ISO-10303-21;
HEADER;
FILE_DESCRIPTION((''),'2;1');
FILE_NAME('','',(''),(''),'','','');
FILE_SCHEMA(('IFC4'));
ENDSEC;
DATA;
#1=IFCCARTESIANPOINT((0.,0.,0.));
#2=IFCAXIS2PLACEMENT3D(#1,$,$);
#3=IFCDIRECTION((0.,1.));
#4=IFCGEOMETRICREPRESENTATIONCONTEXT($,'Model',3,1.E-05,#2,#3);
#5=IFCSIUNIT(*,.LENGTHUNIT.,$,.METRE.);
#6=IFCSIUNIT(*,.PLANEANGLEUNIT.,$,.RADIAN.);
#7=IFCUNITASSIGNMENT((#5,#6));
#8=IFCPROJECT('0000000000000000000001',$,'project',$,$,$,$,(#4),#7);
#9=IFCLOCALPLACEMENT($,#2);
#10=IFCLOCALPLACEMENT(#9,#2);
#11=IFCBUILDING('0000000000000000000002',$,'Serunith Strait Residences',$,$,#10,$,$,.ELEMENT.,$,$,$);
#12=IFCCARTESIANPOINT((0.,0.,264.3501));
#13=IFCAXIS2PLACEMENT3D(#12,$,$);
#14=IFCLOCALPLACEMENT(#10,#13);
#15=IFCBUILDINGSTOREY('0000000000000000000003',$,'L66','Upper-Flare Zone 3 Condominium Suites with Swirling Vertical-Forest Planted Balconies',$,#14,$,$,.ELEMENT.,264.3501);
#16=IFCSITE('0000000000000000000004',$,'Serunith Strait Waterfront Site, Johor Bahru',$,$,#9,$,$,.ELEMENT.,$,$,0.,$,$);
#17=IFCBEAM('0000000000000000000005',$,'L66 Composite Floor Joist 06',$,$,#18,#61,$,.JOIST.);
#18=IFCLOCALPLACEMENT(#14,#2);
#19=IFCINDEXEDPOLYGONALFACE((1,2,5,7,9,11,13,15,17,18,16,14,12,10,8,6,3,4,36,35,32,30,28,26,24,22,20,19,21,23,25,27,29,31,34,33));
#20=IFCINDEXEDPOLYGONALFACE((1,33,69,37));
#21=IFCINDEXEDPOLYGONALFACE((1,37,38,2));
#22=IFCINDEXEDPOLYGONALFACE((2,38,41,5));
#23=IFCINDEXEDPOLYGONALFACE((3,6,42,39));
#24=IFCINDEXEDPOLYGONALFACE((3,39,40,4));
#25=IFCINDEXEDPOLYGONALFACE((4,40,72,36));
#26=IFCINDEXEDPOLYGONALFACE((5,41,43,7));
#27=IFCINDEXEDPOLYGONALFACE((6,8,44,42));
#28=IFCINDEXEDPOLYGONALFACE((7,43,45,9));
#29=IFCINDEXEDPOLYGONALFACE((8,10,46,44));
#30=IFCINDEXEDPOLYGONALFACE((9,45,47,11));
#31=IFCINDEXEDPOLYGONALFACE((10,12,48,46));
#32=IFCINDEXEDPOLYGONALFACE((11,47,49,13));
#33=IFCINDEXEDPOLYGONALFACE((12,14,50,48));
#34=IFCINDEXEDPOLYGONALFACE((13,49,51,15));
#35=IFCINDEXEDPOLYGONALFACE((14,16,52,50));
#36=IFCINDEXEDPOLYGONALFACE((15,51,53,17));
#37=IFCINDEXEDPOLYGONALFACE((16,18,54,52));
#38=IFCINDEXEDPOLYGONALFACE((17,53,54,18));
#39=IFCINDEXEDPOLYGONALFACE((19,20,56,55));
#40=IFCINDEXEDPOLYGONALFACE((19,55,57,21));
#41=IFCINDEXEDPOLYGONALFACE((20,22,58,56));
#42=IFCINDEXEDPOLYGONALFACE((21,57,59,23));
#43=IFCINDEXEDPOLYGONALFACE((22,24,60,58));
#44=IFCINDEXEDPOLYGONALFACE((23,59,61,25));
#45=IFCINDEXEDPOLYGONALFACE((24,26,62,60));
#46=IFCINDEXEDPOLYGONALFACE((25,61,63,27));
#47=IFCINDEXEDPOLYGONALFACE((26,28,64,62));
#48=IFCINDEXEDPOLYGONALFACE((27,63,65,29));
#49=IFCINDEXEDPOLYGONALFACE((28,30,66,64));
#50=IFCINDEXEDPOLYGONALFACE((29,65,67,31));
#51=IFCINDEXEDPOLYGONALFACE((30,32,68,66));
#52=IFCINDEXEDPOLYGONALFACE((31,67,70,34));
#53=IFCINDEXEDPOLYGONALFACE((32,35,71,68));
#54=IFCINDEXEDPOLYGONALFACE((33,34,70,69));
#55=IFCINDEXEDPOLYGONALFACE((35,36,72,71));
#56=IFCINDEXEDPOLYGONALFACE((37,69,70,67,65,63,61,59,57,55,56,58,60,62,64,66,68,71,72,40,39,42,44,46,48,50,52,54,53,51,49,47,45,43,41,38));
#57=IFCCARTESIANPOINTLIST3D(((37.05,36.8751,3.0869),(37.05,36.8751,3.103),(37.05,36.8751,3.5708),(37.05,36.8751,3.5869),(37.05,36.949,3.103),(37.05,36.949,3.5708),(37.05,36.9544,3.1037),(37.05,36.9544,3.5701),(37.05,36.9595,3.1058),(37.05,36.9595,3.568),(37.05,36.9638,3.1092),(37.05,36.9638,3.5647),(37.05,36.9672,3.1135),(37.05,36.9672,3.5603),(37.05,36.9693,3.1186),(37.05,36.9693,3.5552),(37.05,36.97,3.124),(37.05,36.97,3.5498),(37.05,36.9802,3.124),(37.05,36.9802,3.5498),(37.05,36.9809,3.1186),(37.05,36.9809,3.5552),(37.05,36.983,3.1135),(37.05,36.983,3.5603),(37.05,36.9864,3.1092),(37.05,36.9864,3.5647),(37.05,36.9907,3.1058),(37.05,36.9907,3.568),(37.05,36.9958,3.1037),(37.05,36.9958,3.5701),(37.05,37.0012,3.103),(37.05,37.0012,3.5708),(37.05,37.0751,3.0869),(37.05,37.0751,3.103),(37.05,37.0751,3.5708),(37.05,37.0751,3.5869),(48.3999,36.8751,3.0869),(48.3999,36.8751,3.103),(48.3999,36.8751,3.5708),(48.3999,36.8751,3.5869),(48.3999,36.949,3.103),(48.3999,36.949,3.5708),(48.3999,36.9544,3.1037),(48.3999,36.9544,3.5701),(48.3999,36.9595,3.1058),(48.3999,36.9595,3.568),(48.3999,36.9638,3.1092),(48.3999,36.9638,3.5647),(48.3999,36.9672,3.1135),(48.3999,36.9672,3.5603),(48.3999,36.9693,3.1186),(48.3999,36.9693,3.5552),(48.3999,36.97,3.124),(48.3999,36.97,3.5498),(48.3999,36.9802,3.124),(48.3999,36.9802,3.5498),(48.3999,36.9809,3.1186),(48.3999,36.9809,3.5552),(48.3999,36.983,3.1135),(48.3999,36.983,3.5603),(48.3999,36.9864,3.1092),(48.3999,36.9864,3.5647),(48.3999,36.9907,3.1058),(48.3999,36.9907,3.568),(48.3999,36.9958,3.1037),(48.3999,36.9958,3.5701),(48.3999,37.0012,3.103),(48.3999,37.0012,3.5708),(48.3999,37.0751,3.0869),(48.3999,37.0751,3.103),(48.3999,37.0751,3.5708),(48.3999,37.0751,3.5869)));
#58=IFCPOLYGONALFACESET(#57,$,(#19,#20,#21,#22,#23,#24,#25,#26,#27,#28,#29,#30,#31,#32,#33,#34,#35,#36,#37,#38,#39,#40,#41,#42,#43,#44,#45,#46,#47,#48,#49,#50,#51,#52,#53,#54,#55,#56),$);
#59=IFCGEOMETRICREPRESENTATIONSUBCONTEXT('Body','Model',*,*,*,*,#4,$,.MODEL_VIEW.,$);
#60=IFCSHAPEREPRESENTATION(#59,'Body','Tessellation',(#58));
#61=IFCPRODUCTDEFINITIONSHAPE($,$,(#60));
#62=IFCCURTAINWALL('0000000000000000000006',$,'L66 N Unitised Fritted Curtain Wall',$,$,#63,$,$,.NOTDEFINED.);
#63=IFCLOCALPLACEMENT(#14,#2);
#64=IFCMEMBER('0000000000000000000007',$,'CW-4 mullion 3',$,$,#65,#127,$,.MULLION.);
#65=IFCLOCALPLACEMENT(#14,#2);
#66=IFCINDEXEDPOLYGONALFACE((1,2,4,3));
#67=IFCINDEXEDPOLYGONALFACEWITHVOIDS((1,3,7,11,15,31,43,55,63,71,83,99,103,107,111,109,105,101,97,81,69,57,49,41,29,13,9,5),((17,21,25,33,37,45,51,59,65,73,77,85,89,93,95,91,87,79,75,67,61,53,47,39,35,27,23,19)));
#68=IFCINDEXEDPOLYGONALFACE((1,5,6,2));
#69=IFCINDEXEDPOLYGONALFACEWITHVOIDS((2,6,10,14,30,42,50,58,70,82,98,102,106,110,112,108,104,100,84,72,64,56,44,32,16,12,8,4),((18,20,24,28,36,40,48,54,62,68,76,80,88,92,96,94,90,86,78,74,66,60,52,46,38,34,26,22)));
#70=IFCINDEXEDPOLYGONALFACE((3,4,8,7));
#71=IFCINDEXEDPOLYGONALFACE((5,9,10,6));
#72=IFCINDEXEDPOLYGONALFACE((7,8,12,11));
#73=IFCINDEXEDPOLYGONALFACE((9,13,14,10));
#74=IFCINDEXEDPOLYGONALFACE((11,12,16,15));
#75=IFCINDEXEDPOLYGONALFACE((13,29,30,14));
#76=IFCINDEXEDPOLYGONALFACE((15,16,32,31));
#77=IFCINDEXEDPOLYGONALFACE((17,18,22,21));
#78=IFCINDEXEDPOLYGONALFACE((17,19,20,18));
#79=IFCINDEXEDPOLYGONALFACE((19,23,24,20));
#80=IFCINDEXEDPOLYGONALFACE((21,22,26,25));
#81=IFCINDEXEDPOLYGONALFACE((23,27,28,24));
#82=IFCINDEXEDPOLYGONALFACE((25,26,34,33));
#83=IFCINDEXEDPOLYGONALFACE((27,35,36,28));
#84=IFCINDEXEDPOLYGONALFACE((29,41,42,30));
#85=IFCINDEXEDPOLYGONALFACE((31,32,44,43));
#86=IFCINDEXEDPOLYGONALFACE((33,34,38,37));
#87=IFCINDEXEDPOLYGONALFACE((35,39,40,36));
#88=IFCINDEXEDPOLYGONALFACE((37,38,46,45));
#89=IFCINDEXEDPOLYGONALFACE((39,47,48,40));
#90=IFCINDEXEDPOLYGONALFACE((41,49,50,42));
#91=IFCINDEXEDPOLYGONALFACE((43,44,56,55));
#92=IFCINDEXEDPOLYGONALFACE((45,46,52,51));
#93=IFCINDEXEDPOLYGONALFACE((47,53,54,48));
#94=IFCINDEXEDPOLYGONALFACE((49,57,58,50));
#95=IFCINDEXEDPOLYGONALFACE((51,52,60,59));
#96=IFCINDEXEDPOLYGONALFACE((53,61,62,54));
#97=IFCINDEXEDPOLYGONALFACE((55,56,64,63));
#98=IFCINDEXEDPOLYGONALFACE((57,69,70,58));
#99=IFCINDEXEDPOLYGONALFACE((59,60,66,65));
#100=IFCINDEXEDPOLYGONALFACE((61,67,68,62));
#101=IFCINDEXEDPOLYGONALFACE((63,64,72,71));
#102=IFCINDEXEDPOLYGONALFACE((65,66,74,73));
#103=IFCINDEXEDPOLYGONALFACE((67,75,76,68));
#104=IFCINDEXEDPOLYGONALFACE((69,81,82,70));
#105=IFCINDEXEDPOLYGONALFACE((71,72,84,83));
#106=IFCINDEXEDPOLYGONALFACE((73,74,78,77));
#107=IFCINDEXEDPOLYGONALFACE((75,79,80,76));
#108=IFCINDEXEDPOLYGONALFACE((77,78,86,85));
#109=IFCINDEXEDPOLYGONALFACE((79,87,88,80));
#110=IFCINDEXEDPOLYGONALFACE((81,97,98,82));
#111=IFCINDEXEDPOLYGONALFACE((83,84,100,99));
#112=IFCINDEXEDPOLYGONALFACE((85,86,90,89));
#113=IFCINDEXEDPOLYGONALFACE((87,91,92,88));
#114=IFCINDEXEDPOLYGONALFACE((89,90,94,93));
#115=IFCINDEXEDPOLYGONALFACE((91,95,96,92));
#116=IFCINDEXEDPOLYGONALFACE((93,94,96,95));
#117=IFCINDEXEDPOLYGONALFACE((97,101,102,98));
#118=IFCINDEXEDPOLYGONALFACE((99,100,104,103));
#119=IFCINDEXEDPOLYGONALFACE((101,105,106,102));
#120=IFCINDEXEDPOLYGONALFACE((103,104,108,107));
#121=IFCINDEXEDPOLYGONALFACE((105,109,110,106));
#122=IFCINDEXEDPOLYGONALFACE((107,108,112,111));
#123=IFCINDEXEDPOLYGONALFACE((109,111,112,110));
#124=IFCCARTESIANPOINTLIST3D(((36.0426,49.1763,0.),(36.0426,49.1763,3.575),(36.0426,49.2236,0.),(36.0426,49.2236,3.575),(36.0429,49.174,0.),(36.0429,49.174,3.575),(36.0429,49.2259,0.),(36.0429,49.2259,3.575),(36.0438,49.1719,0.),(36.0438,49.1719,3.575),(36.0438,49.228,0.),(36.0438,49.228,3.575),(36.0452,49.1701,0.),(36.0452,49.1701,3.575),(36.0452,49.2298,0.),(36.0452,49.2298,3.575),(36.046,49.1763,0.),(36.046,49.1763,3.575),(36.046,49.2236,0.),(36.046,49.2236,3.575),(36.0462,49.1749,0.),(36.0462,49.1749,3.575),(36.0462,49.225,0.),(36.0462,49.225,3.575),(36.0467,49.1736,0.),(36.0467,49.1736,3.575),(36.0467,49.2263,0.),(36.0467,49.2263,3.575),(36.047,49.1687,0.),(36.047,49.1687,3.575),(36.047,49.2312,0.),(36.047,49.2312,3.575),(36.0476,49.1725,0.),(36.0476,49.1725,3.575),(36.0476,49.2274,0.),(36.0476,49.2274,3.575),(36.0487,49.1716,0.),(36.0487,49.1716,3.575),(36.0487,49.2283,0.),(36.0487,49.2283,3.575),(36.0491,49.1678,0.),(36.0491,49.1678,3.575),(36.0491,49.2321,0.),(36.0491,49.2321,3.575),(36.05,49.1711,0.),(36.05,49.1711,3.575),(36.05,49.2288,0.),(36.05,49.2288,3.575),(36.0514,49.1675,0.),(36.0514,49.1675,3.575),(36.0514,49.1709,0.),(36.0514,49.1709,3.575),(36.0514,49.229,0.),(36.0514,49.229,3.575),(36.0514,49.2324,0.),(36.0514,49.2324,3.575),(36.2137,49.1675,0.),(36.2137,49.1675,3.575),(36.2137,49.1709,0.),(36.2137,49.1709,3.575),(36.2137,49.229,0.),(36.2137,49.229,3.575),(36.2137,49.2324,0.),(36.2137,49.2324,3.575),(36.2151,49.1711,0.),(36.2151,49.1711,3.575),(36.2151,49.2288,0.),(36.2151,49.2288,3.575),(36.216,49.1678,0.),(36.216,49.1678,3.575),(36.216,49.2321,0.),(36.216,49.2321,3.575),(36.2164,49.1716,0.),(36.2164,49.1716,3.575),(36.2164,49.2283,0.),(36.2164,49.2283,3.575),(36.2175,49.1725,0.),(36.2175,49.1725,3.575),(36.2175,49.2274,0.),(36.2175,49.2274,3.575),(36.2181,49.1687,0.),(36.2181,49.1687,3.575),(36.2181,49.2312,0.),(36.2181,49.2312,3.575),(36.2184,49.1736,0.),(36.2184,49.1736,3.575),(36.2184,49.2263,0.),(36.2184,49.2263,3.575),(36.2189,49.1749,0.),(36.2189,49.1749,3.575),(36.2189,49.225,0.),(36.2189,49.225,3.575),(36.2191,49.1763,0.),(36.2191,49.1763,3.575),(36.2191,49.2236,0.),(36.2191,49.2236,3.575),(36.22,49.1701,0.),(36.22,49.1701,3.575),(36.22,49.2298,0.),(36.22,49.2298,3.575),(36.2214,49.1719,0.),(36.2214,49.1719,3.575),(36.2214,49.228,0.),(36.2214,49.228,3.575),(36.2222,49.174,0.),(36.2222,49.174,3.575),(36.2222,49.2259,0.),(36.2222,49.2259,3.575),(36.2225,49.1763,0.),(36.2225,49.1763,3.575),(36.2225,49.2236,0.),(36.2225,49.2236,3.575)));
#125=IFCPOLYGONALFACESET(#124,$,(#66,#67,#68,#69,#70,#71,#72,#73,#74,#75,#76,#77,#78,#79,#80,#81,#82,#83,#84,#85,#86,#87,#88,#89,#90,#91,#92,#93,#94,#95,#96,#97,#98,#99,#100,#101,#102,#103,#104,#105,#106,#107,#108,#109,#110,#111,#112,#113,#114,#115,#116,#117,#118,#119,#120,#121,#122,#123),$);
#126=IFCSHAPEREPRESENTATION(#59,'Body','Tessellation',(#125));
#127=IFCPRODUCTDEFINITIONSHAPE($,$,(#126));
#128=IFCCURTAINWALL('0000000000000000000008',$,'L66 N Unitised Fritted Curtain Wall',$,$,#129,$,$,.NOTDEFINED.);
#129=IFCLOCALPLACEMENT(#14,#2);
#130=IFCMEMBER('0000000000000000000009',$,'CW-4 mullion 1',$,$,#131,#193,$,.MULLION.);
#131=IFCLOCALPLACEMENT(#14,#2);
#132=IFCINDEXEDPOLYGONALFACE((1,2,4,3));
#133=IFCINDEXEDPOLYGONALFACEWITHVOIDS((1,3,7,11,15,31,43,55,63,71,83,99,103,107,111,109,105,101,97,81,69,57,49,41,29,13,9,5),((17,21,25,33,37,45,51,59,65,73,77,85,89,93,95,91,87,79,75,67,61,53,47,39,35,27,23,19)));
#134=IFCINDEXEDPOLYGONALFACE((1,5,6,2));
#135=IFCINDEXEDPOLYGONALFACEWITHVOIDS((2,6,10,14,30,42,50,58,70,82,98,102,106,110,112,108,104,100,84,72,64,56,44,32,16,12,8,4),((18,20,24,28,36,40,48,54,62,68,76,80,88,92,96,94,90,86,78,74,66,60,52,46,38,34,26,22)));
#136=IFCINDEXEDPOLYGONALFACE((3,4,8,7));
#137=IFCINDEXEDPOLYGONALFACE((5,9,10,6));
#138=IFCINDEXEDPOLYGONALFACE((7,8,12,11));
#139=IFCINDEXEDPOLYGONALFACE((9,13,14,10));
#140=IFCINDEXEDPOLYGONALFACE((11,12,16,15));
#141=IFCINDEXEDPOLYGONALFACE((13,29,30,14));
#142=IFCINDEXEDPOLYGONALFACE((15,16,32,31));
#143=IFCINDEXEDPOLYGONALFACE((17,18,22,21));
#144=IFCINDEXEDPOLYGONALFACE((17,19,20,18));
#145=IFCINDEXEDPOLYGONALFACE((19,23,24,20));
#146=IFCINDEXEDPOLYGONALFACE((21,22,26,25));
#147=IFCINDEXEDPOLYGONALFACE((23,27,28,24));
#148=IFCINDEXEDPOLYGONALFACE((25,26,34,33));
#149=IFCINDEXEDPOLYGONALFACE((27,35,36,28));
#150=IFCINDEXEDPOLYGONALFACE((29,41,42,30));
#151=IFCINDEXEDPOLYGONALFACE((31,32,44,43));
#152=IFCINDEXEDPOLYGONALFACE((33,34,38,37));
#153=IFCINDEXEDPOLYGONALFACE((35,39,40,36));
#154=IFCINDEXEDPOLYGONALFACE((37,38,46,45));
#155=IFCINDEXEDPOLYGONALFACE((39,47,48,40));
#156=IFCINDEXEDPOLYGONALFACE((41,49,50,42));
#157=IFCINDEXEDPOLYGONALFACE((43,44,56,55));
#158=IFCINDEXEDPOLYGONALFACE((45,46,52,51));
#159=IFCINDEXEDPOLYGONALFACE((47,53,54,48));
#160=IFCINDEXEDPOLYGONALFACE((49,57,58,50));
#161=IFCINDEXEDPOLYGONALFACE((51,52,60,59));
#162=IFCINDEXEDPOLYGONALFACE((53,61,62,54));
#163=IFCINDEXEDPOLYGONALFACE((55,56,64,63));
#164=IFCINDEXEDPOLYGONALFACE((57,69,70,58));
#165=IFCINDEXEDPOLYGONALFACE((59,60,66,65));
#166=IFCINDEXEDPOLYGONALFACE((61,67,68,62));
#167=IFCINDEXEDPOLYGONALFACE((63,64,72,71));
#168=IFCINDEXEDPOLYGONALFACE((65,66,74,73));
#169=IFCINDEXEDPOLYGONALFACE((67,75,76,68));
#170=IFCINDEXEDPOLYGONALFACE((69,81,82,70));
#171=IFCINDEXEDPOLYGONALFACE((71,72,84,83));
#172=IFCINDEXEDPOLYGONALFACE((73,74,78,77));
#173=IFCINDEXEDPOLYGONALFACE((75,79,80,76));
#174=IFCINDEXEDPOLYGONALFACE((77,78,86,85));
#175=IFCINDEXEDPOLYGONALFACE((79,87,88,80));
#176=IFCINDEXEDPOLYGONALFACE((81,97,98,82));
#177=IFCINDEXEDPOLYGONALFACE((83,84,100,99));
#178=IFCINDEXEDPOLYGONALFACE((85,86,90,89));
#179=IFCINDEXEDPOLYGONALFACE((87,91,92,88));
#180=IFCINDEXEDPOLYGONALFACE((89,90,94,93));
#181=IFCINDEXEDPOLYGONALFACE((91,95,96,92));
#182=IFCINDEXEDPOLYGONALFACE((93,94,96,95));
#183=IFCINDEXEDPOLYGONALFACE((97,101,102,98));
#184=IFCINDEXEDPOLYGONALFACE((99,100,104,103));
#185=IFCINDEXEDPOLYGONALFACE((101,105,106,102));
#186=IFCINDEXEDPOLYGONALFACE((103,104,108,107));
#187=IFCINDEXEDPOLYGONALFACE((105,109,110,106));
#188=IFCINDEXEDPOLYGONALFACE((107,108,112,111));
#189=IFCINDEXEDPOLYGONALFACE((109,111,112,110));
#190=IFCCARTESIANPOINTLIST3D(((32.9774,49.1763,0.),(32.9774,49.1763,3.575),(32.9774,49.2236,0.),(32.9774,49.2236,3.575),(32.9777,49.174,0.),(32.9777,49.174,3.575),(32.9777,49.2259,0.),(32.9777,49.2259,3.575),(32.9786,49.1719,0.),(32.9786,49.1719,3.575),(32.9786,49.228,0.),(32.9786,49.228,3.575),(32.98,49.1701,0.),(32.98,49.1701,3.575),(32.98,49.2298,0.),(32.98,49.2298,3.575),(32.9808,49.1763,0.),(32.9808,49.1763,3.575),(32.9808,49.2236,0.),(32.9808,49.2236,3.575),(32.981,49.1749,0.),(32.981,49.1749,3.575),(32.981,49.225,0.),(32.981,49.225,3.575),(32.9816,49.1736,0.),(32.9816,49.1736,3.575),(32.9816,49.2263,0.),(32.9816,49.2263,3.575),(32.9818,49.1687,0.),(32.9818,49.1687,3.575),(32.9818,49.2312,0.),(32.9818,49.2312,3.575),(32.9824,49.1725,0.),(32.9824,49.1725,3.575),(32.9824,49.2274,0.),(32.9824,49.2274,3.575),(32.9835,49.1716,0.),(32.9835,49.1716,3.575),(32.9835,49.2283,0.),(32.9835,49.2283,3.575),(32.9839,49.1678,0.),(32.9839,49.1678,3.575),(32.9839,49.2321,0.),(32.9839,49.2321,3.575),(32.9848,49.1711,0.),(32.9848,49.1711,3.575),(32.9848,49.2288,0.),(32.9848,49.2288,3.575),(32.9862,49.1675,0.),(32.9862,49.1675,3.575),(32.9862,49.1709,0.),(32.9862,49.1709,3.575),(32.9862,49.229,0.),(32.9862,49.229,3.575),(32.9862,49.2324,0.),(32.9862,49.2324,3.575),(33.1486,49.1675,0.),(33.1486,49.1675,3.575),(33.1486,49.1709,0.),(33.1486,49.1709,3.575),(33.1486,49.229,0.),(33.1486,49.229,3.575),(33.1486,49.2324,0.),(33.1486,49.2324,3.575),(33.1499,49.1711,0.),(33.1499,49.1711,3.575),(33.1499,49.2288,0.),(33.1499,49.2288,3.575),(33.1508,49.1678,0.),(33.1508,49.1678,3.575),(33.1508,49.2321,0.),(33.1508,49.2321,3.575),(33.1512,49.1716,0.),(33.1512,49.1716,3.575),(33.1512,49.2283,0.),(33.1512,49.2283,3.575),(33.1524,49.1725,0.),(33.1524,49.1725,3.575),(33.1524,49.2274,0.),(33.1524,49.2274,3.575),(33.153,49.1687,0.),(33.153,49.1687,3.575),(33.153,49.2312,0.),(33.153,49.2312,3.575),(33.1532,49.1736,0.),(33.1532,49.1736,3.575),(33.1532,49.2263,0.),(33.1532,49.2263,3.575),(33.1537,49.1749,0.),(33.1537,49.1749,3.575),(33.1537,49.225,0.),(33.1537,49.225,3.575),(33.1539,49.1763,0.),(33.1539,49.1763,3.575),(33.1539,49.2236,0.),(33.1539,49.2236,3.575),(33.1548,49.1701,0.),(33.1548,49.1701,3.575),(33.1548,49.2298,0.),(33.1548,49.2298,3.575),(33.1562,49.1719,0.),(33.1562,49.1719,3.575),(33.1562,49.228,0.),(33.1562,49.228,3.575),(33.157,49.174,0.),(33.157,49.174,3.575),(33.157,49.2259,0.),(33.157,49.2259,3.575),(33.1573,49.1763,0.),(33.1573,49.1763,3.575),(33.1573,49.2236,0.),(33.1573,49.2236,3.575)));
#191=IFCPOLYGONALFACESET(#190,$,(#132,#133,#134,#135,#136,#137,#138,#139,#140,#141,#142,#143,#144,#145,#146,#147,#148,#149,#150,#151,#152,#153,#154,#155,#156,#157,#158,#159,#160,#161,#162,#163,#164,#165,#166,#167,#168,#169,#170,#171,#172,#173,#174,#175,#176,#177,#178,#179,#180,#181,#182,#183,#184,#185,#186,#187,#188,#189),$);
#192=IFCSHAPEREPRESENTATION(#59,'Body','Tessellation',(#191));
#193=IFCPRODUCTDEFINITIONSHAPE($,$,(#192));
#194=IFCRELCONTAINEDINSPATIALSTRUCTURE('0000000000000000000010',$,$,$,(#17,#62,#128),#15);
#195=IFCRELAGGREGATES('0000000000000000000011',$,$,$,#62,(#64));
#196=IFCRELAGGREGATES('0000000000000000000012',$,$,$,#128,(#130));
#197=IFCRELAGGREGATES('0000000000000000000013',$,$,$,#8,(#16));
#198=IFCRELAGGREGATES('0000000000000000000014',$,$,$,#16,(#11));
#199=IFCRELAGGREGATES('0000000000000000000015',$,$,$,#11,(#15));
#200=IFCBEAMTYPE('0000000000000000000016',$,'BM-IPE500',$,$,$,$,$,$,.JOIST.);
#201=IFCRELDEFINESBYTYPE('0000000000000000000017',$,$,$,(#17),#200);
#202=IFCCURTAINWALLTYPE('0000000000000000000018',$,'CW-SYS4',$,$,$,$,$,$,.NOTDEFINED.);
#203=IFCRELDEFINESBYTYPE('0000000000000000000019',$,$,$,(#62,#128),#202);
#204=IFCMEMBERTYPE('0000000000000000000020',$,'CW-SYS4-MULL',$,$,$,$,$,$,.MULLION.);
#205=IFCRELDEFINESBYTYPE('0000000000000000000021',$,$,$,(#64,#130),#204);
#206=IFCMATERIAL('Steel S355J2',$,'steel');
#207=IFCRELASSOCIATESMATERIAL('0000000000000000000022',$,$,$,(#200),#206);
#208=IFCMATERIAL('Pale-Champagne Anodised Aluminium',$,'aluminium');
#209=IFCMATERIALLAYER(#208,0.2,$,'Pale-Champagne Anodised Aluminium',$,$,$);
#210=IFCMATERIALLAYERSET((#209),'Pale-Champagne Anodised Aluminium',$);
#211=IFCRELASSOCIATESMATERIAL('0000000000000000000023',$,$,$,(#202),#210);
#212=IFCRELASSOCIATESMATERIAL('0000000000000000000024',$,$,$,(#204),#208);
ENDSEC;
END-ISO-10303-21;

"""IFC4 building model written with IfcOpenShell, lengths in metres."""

from ifc_helpers import new_model, si_unit, direction, frame, origin, origin_2d, place, context, subcontext, project, spatial, hollow_rectangle, i_section, extrude, source, transform, mapped, material, layer, layer_set, material_profile, profile_set, type_object, element, aggregate, save


model = new_model("IFC4")

# Units and contexts
model_context = context("Model", 3, precision=1e-05, world=origin(), true_north=direction((0.0, 1.0)))
body_context = subcontext(model_context, "Body", "Model", "MODEL_VIEW")
ifc_project = project(units=[si_unit("LENGTHUNIT", "METRE"), si_unit("PLANEANGLEUNIT", "RADIAN")], contexts=[model_context])

# Site, building, storey
site_placement = place(None, origin())
site = spatial("IfcSite", under=ifc_project, at=site_placement, Name="Serunith Strait Waterfront Site, Johor Bahru", CompositionType="ELEMENT", RefElevation=0.0)
building_placement = place(site_placement, origin())
building = spatial("IfcBuilding", under=site, at=building_placement, Name="Serunith Strait Residences", CompositionType="ELEMENT")
storey_placement = place(building_placement, frame((0.0, 0.0, 264.3501)))
storey = spatial("IfcBuildingStorey", under=building, at=storey_placement, Name="L66", Description="Upper-Flare Zone 3 Condominium Suites with Swirling Vertical-Forest Planted Balconies", CompositionType="ELEMENT", Elevation=264.3501)

# Beam
ifc_material_1 = material(Name="Steel S355J2", Category="steel")
ifc_material_profile_1 = material_profile(ifc_material_1, i_section(OverallWidth=0.2, OverallDepth=0.5, WebThickness=0.0103, FlangeThickness=0.0161, FilletRadius=0.021, at=origin_2d()), Name="IPE 500")
ifc_profile_set_1 = profile_set([ifc_material_profile_1], Name="Steel S355J2")
beam_type_1 = type_object("IfcBeamType", Name="BM-IPE500", PredefinedType="JOIST", material=ifc_profile_set_1)
shared_shape_1 = source(origin(), body_context, "Body", "SweptSolid", [
    extrude(i_section(OverallWidth=0.2, OverallDepth=0.5, WebThickness=0.0103, FlangeThickness=0.0161, FilletRadius=0.021, at=origin_2d()), origin(), (0.0, 0.0, 1.0), 11.3499),
])
beam_1_placement = place(storey_placement, frame((37.05, 36.9751, 3.3369), z_axis=(1.0, 0.0, 0.0), x_axis=(0.0, 1.0, 0.0)))
element("IfcBeam", 1, at=beam_1_placement, inside=storey, type_object=beam_type_1, Name="L66 Composite Floor Joist 06", PredefinedType="JOIST", context=body_context, shape_type="MappedRepresentation", body=[
    mapped(shared_shape_1, transform((0.0, 0.0, 0.0), scale=1.0)),
])

# Curtain wall, member
ifc_material_2 = material(Name="Pale-Champagne Anodised Aluminium", Category="aluminium")
ifc_layer_1 = layer(ifc_material_2, 0.2, Name="Pale-Champagne Anodised Aluminium")
ifc_layer_set_1 = layer_set([ifc_layer_1], Name="Pale-Champagne Anodised Aluminium")
curtain_wall_type = type_object("IfcCurtainWallType", Name="CW-SYS4", PredefinedType="NOTDEFINED", material=ifc_layer_set_1)
curtain_wall_1_placement = place(storey_placement, origin())
curtain_wall_1 = element("IfcCurtainWall", 2, at=curtain_wall_1_placement, inside=storey, type_object=curtain_wall_type, Name="L66 N Unitised Fritted Curtain Wall", PredefinedType="NOTDEFINED")
ifc_material_profile_2 = material_profile(ifc_material_2, hollow_rectangle(XDim=0.0649, YDim=0.1799, WallThickness=0.0034, InnerFilletRadius=0.0054, OuterFilletRadius=0.0088, at=origin_2d()), Name="ALU 180x65x3.5")
ifc_profile_set_2 = profile_set([ifc_material_profile_2], Name="Pale-Champagne Anodised Aluminium")
member_type_1 = type_object("IfcMemberType", Name="CW-SYS4-MULL", PredefinedType="MULLION", material=ifc_profile_set_2)
shared_shape_2 = source(origin(), body_context, "Body", "SweptSolid", [
    extrude(hollow_rectangle(XDim=0.0649, YDim=0.1799, WallThickness=0.0034, InnerFilletRadius=0.0054, OuterFilletRadius=0.0088, at=origin_2d()), origin(), (0.0, 0.0, 1.0), 3.575),
])
member_1_placement = place(storey_placement, frame((36.1326, 49.2, 0.0), z_axis=(0.0, 0.0, 1.0), x_axis=(0.0, -1.0, 0.0)))
member_1 = element("IfcMember", 3, at=member_1_placement, type_object=member_type_1, Name="CW-4 mullion 3", PredefinedType="MULLION", context=body_context, shape_type="MappedRepresentation", body=[
    mapped(shared_shape_2, transform((0.0, 0.0, 0.0), scale=1.0)),
])

# Curtain wall, member
curtain_wall_2_placement = place(storey_placement, origin())
curtain_wall_2 = element("IfcCurtainWall", 4, at=curtain_wall_2_placement, inside=storey, type_object=curtain_wall_type, Name="L66 N Unitised Fritted Curtain Wall", PredefinedType="NOTDEFINED")
member_2_placement = place(storey_placement, frame((33.0674, 49.2, 0.0), z_axis=(0.0, 0.0, 1.0), x_axis=(0.0, -1.0, 0.0)))
member_2 = element("IfcMember", 5, at=member_2_placement, type_object=member_type_1, Name="CW-4 mullion 1", PredefinedType="MULLION", context=body_context, shape_type="MappedRepresentation", body=[
    mapped(shared_shape_2, transform((0.0, 0.0, 0.0), scale=1.0)),
])

aggregate(curtain_wall_1, [member_1])
aggregate(curtain_wall_2, [member_2])

save(model, "model.ifc")
